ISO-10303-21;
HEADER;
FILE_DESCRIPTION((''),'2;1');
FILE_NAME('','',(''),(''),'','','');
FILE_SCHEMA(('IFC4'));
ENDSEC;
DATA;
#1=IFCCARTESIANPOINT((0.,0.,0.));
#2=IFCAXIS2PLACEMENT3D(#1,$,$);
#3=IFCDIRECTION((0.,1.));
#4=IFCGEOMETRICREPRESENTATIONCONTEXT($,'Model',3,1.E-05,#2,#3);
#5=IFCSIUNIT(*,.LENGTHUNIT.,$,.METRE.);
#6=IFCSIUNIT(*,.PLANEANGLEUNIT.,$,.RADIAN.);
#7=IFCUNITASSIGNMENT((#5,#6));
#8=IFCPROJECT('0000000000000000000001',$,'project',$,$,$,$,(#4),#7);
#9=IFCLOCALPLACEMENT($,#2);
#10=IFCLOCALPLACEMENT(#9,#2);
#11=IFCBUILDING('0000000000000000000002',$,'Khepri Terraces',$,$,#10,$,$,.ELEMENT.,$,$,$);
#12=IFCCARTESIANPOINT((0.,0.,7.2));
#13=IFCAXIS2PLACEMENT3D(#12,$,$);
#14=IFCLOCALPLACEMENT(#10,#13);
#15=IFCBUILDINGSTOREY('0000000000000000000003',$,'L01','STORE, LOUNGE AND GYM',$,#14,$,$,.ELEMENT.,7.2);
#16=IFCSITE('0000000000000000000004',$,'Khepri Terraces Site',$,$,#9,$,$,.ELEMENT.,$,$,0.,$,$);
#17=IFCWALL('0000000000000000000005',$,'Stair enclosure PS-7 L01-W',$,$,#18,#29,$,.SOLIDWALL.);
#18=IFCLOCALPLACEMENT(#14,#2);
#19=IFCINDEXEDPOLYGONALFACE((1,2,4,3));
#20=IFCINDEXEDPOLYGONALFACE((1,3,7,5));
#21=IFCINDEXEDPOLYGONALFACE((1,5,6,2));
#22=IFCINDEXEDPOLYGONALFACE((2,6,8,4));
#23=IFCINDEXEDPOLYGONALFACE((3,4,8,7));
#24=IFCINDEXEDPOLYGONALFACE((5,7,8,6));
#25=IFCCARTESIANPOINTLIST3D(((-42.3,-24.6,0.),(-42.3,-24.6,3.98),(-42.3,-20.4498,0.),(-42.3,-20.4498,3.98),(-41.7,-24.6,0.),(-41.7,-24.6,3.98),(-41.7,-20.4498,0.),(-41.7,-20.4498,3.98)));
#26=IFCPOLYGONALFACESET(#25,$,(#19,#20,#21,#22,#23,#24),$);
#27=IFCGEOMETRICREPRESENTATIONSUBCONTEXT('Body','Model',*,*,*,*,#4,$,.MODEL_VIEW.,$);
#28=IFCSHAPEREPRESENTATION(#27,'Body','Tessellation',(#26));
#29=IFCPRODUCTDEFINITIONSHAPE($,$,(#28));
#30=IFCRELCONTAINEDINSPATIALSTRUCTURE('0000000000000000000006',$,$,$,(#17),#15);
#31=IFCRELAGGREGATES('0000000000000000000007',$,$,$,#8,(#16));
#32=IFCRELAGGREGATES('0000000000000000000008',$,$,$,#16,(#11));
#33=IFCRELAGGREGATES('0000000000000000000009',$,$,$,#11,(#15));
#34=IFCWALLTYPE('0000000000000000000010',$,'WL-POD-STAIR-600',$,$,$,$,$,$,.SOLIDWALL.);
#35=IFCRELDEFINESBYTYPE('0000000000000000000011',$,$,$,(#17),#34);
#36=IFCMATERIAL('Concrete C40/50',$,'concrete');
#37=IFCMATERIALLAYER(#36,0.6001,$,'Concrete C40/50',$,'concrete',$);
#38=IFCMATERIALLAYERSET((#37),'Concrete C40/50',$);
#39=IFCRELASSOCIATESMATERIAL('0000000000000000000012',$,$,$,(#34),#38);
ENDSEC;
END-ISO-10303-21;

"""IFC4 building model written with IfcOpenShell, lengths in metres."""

from ifc_helpers import new_model, si_unit, direction, frame, frame_2d, origin, place, context, subcontext, project, spatial, rectangle, extrude, material, layer, layer_set, type_object, element, save


model = new_model("IFC4")

# Units and contexts
model_context = context("Model", 3, precision=1e-05, world=origin(), true_north=direction((0.0, 1.0)))
body_context = subcontext(model_context, "Body", "Model", "MODEL_VIEW")
ifc_project = project(units=[si_unit("LENGTHUNIT", "METRE"), si_unit("PLANEANGLEUNIT", "RADIAN")], contexts=[model_context])

# Site, building, storey
site_placement = place(None, origin())
site = spatial("IfcSite", under=ifc_project, at=site_placement, Name="Khepri Terraces Site", CompositionType="ELEMENT", RefElevation=0.0)
building_placement = place(site_placement, origin())
building = spatial("IfcBuilding", under=site, at=building_placement, Name="Khepri Terraces", CompositionType="ELEMENT")
storey_placement = place(building_placement, frame((0.0, 0.0, 7.2)))
storey = spatial("IfcBuildingStorey", under=building, at=storey_placement, Name="L01", Description="STORE, LOUNGE AND GYM", CompositionType="ELEMENT", Elevation=7.2)

# Wall
ifc_material_1 = material(Name="Concrete C40/50", Category="concrete")
ifc_layer_1 = layer(ifc_material_1, 0.6001, Name="Concrete C40/50", Category="concrete")
ifc_layer_set_1 = layer_set([ifc_layer_1], Name="Concrete C40/50")
wall_type_1 = type_object("IfcWallType", Name="WL-POD-STAIR-600", PredefinedType="SOLIDWALL", material=ifc_layer_set_1)
wall_1_placement = place(storey_placement, frame((-42.0, -24.6001, 0.0), z_axis=(0.0, 0.0, 1.0), x_axis=(0.0, 1.0, 0.0)))
element("IfcWall", 1, at=wall_1_placement, inside=storey, type_object=wall_type_1, Name="Stair enclosure PS-7 L01-W", PredefinedType="SOLIDWALL", context=body_context, shape_type="SweptSolid", body=[
    extrude(rectangle(XDim=4.1501, YDim=0.6001, at=frame_2d((2.0752, 0.0))), origin(), (0.0, 0.0, 1.0), 3.98),
])

save(model, "model.ifc")
